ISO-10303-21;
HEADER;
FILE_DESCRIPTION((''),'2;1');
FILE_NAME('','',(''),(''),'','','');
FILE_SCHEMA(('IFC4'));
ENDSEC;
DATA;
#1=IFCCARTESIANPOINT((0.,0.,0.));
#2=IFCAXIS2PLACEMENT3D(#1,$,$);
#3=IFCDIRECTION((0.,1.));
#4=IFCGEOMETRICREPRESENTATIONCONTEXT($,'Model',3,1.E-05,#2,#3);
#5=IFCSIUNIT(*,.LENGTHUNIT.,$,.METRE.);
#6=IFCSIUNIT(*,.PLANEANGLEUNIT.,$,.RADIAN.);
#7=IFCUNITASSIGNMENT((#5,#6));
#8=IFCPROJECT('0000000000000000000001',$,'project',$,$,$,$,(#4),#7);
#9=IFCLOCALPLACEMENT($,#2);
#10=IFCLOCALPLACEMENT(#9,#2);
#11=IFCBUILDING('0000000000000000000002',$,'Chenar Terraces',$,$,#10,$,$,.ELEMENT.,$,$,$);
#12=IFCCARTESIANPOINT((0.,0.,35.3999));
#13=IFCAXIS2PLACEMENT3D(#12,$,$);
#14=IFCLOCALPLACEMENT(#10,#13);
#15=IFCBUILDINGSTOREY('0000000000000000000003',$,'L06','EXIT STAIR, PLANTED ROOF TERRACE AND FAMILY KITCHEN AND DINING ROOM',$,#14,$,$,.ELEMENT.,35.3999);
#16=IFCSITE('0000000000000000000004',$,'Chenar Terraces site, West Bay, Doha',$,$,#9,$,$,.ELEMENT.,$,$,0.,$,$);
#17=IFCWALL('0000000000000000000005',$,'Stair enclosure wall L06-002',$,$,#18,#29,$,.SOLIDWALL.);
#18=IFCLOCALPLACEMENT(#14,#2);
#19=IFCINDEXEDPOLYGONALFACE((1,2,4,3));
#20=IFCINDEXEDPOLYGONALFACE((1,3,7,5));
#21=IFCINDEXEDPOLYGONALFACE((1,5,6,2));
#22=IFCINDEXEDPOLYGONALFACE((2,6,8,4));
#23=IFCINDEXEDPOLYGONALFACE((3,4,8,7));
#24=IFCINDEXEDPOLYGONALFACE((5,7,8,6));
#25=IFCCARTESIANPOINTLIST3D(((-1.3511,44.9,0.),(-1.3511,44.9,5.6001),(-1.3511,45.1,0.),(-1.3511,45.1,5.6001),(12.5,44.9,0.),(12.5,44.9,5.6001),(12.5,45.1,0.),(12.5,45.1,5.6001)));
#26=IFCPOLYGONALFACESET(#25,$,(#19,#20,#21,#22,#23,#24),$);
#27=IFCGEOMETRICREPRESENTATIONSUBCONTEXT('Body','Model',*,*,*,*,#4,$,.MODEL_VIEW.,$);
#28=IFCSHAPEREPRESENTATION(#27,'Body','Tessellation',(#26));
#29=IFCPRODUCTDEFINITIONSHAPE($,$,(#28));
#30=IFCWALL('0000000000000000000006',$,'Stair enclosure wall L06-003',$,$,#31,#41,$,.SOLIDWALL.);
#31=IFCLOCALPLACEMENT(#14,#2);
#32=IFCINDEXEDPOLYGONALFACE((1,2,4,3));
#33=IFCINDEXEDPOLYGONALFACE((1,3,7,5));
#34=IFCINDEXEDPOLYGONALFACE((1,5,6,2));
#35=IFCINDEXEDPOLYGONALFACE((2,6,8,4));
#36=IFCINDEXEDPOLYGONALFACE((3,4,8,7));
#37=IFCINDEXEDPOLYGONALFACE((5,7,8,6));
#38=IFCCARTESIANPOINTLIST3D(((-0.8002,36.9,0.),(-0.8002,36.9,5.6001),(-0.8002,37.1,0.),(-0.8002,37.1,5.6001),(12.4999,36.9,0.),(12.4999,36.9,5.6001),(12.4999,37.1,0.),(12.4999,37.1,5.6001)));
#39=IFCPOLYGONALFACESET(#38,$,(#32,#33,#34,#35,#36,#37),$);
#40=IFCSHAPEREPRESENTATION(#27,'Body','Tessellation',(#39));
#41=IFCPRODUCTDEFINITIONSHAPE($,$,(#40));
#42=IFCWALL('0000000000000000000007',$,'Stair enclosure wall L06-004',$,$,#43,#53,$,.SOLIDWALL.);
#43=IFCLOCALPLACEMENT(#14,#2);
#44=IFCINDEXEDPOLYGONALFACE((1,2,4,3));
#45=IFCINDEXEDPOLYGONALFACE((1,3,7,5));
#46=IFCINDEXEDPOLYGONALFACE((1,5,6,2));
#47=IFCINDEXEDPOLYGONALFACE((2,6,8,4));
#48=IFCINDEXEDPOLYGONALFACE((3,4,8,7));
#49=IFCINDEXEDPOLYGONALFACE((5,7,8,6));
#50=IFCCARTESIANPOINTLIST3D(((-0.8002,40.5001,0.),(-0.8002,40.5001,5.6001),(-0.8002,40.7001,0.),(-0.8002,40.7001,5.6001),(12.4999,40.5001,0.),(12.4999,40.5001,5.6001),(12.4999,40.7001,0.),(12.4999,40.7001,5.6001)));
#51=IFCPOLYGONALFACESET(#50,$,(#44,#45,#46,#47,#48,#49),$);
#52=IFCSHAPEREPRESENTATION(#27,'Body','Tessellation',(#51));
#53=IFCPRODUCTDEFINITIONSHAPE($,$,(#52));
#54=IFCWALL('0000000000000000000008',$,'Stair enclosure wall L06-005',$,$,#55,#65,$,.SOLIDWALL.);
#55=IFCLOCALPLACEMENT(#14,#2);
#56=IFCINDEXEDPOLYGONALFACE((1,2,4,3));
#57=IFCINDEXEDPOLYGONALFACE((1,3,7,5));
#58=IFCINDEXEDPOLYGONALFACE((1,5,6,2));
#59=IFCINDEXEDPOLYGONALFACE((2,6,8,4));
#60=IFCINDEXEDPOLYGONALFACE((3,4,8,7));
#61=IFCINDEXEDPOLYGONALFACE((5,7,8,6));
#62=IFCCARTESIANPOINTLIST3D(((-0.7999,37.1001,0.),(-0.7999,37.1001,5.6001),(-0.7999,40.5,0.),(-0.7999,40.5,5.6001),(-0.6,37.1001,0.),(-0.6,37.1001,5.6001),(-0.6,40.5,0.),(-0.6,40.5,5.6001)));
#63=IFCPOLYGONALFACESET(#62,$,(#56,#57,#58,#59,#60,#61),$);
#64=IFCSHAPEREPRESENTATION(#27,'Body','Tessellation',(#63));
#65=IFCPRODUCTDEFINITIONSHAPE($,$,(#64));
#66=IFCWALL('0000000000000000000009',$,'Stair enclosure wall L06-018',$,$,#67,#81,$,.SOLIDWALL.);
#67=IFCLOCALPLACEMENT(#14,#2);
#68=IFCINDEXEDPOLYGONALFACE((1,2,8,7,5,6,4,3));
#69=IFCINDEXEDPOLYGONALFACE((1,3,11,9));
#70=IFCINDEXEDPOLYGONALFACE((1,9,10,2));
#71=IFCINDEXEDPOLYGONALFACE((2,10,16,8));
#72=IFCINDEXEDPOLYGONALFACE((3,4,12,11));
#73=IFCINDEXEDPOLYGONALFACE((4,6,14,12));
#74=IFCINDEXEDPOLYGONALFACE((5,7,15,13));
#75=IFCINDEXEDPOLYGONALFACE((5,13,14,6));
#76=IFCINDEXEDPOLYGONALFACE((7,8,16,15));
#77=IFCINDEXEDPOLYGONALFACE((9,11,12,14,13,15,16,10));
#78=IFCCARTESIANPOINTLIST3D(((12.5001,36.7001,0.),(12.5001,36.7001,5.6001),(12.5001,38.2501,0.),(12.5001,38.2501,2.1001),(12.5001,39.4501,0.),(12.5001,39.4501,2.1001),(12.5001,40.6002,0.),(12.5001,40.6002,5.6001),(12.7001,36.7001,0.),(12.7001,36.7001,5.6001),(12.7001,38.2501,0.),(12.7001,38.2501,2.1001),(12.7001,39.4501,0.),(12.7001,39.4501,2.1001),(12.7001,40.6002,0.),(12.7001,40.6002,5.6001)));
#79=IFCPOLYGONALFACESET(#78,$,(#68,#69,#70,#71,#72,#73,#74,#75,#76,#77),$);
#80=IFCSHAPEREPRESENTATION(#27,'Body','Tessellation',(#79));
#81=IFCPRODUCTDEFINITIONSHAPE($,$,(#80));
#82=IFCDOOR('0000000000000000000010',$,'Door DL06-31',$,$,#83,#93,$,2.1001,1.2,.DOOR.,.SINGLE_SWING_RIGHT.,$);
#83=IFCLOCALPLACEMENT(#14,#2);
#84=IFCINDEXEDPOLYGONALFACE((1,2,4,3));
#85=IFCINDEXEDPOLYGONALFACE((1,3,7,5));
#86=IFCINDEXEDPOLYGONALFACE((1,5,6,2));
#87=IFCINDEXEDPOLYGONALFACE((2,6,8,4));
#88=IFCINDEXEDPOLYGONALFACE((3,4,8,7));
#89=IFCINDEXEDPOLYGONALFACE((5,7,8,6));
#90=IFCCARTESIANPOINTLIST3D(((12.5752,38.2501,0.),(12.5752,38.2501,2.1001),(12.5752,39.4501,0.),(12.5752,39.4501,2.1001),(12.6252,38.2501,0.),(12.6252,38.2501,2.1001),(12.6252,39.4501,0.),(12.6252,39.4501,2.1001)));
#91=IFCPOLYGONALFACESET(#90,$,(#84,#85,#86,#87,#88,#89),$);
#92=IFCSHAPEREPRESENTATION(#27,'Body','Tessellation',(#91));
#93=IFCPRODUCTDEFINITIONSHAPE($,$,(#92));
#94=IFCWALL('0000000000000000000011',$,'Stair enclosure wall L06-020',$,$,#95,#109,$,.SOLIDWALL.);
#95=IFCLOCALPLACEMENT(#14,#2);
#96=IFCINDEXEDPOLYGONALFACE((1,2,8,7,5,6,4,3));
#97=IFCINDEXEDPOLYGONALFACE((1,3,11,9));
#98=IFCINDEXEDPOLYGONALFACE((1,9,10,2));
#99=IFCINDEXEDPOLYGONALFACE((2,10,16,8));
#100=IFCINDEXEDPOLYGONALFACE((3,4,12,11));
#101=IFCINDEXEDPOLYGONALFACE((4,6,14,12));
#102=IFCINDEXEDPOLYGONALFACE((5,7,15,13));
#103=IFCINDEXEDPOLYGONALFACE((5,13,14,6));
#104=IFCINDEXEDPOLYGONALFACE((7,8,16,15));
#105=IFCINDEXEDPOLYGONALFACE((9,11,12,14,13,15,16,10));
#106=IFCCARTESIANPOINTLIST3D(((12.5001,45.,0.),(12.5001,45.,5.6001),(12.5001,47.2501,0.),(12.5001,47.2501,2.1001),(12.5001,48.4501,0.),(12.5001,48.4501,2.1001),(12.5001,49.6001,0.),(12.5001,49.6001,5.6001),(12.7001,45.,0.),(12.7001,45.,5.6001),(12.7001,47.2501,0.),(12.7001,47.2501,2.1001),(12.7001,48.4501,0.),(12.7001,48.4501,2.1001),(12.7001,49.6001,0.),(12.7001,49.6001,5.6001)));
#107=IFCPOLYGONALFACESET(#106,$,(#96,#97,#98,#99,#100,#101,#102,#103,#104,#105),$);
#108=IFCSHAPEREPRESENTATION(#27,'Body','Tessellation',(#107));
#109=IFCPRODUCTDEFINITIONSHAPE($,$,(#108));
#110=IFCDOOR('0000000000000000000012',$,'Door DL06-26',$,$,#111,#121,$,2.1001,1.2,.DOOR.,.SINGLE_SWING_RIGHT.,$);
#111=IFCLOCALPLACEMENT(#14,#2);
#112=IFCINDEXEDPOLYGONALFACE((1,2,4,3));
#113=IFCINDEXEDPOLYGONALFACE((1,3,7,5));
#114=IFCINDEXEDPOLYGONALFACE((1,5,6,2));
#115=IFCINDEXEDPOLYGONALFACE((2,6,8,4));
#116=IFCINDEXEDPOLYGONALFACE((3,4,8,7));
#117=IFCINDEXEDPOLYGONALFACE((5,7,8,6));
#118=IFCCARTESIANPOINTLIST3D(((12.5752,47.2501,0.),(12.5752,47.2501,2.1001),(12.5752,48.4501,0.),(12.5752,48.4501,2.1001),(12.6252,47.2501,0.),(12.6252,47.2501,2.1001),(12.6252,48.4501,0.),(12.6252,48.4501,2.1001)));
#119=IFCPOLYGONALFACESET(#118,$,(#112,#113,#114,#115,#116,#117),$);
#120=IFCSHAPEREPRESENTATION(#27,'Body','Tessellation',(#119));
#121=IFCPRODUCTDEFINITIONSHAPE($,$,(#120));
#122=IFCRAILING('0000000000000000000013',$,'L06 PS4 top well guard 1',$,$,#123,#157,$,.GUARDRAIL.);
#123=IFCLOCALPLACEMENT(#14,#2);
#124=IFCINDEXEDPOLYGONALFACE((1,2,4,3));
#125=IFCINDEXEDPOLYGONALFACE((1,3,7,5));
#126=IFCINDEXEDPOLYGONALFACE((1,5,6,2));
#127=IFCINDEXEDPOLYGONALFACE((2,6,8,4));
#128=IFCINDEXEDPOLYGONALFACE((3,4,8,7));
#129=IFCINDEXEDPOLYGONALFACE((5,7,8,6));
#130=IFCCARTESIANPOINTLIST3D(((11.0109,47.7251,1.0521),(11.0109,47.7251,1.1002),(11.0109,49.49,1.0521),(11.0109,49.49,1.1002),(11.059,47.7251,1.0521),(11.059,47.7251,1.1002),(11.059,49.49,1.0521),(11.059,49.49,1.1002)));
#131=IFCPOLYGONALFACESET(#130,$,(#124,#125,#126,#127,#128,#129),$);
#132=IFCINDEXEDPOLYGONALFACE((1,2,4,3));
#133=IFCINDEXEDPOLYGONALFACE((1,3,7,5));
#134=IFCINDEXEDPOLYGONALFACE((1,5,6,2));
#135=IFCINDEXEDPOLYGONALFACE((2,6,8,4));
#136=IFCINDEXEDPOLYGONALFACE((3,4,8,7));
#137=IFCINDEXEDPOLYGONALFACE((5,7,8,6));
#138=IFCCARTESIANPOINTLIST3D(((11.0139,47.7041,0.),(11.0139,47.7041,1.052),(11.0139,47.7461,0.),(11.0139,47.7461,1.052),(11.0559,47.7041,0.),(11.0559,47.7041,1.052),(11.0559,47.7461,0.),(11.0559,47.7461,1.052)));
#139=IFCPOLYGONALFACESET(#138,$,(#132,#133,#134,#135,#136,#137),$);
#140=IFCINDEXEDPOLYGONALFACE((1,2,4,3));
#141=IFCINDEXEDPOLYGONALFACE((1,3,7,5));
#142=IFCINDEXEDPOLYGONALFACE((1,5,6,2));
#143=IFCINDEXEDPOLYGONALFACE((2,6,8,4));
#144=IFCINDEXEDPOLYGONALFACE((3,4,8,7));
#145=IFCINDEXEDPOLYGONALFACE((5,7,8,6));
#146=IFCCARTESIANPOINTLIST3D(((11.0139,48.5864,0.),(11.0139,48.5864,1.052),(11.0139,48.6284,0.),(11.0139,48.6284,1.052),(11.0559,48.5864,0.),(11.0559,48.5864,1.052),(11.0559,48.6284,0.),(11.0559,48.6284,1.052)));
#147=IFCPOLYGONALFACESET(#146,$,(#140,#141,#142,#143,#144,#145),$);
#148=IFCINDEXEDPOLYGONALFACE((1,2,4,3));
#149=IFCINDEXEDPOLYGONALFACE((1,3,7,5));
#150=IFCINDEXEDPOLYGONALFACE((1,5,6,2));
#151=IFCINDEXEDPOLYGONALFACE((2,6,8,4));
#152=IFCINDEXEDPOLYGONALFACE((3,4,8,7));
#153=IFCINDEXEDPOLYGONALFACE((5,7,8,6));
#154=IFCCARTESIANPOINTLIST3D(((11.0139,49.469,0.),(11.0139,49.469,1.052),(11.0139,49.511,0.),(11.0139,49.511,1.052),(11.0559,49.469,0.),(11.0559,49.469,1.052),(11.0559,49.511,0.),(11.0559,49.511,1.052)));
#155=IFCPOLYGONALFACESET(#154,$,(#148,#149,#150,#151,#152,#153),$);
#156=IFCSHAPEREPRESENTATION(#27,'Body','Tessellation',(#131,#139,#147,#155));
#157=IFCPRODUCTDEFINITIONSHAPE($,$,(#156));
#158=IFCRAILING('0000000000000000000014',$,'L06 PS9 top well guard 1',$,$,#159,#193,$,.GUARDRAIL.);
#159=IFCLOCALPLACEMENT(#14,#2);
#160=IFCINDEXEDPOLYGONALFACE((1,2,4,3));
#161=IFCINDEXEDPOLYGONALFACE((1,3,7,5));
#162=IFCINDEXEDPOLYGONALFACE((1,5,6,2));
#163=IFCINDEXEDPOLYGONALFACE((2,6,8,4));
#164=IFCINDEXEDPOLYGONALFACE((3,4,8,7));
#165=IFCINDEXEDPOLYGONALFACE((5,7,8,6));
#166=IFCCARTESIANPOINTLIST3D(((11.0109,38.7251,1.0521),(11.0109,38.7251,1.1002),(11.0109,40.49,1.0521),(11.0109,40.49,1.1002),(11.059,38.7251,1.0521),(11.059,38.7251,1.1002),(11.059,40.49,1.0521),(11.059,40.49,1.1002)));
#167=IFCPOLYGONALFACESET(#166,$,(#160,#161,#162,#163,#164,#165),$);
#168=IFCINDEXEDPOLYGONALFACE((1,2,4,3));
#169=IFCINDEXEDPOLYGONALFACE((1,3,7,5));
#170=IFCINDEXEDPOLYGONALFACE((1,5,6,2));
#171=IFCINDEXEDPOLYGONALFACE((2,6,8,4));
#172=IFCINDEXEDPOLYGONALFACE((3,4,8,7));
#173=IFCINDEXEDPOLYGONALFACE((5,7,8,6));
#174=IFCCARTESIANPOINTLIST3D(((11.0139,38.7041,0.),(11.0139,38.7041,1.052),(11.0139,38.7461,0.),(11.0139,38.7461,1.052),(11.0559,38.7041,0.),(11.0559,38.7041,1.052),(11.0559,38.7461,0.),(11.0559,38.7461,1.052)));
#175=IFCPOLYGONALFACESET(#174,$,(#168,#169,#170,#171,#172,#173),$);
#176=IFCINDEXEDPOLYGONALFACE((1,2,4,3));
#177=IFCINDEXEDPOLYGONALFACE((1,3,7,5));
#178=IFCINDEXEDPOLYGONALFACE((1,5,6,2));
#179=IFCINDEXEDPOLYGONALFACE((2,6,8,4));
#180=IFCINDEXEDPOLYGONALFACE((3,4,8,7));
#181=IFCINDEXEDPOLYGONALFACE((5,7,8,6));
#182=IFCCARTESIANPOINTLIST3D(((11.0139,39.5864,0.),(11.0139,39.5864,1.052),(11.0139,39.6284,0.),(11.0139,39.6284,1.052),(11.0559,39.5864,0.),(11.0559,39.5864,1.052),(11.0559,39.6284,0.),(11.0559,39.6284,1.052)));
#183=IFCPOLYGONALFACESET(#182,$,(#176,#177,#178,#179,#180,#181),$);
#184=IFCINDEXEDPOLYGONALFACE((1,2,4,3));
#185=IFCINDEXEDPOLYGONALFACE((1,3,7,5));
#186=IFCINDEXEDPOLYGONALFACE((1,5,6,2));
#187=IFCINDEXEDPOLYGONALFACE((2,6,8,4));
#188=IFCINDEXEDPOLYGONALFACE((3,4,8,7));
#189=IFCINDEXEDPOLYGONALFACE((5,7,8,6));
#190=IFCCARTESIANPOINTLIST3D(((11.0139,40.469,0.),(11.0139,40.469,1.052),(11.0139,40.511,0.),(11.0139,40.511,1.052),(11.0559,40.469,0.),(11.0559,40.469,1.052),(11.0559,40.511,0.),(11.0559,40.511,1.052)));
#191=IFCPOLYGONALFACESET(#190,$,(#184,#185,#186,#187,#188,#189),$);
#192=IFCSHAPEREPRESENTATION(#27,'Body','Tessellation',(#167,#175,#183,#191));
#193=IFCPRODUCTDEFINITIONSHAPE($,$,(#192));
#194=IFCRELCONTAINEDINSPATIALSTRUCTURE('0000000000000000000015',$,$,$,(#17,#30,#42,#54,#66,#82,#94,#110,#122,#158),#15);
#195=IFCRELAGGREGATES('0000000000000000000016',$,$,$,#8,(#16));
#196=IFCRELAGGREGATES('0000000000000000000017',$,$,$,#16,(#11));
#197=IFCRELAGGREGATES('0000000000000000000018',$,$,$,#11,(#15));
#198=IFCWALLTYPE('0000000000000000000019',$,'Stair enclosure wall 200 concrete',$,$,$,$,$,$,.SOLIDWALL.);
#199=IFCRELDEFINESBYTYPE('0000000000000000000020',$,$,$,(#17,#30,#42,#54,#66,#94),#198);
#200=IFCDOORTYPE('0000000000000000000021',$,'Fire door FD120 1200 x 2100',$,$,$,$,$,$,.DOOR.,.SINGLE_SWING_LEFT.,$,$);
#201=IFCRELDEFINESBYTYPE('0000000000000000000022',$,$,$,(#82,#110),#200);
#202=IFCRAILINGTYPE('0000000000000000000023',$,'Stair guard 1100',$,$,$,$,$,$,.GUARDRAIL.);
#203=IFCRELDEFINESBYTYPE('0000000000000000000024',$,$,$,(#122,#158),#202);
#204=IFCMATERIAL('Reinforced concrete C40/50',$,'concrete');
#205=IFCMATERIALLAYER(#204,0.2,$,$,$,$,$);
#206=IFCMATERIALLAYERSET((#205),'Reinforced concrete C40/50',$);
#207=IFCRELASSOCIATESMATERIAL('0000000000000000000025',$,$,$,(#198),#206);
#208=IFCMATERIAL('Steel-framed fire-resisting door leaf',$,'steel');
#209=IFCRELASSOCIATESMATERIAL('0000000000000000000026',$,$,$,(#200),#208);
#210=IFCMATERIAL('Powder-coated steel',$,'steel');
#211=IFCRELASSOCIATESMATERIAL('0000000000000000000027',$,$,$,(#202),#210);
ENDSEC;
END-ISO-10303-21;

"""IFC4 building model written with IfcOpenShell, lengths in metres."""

from ifc_helpers import new_model, si_unit, direction, frame, frame_2d, origin, origin_2d, place, context, subcontext, project, spatial, rectangle, extrude, material, layer, layer_set, type_object, element, fill, save


model = new_model("IFC4")

# Units and contexts
model_context = context("Model", 3, precision=1e-05, world=origin(), true_north=direction((0.0, 1.0)))
body_context = subcontext(model_context, "Body", "Model", "MODEL_VIEW")
ifc_project = project(units=[si_unit("LENGTHUNIT", "METRE"), si_unit("PLANEANGLEUNIT", "RADIAN")], contexts=[model_context])

# Site, building, storey
site_placement = place(None, origin())
site = spatial("IfcSite", under=ifc_project, at=site_placement, Name="Chenar Terraces site, West Bay, Doha", CompositionType="ELEMENT", RefElevation=0.0)
building_placement = place(site_placement, origin())
building = spatial("IfcBuilding", under=site, at=building_placement, Name="Chenar Terraces", CompositionType="ELEMENT")
storey_placement = place(building_placement, frame((0.0, 0.0, 35.3999)))
storey = spatial("IfcBuildingStorey", under=building, at=storey_placement, Name="L06", Description="EXIT STAIR, PLANTED ROOF TERRACE AND FAMILY KITCHEN AND DINING ROOM", CompositionType="ELEMENT", Elevation=35.3999)

# Walls
ifc_material_1 = material(Name="Reinforced concrete C40/50", Category="concrete")
ifc_layer_1 = layer(ifc_material_1, 0.2)
ifc_layer_set_1 = layer_set([ifc_layer_1], Name="Reinforced concrete C40/50")
wall_type_1 = type_object("IfcWallType", Name="Stair enclosure wall 200 concrete", PredefinedType="SOLIDWALL", material=ifc_layer_set_1)
wall_1_placement = place(storey_placement, frame((-1.3511, 45.0, 0.0), z_axis=(0.0, 0.0, 1.0), x_axis=(1.0, 0.0, 0.0)))
element("IfcWall", 1, at=wall_1_placement, inside=storey, type_object=wall_type_1, Name="Stair enclosure wall L06-002", PredefinedType="SOLIDWALL", context=body_context, shape_type="SweptSolid", body=[
    extrude(rectangle(XDim=13.8511, YDim=0.2, at=frame_2d((6.9255, 0.0))), origin(), (0.0, 0.0, 1.0), 5.6001),
])
for number, where, z_axis, x_axis, name in (
    (2, (-0.8, 37.0, 0.0), (0.0, 0.0, 1.0), (1.0, 0.0, 0.0), "Stair enclosure wall L06-003"),
    (3, (-0.8, 40.6001, 0.0), (0.0, 0.0, 1.0), (1.0, 0.0, 0.0), "Stair enclosure wall L06-004"),
):
    element("IfcWall", number, at=place(storey_placement, frame(where, z_axis=z_axis, x_axis=x_axis)), inside=storey, type_object=wall_type_1, Name=name, PredefinedType="SOLIDWALL", context=body_context, shape_type="SweptSolid", body=[
        extrude(rectangle(XDim=13.3, YDim=0.2, at=frame_2d((6.6499, 0.0))), origin(), (0.0, 0.0, 1.0), 5.6001),
    ])
wall_2_placement = place(storey_placement, frame((-0.7, 37.1001, 0.0), z_axis=(0.0, 0.0, 1.0), x_axis=(0.0, 1.0, 0.0)))
element("IfcWall", 4, at=wall_2_placement, inside=storey, type_object=wall_type_1, Name="Stair enclosure wall L06-005", PredefinedType="SOLIDWALL", context=body_context, shape_type="SweptSolid", body=[
    extrude(rectangle(XDim=3.3999, YDim=0.2, at=frame_2d((1.7, 0.0))), origin(), (0.0, 0.0, 1.0), 5.6001),
])

# Walls, openings, doors
wall_3_placement = place(storey_placement, frame((12.6001, 36.7, 0.0), z_axis=(0.0, 0.0, 1.0), x_axis=(0.0, 1.0, 0.0)))
wall_3 = element("IfcWall", 5, at=wall_3_placement, inside=storey, type_object=wall_type_1, Name="Stair enclosure wall L06-018", PredefinedType="SOLIDWALL", context=body_context, shape_type="SweptSolid", body=[
    extrude(rectangle(XDim=3.9001, YDim=0.2, at=frame_2d((1.9502, 0.0))), origin(), (0.0, 0.0, 1.0), 5.6001),
])
opening_1_placement = place(wall_3_placement, frame((1.55, 0.0, 0.0)))
opening_1 = element("IfcOpeningElement", 6, at=opening_1_placement, cuts=wall_3, PredefinedType="OPENING", context=body_context, shape_type="SweptSolid", body=[
    extrude(rectangle(XDim=1.2, YDim=2.1001, at=frame_2d((0.6001, 1.05))), frame((0.0, 0.1099, 0.0), z_axis=(0.0, -1.0, 0.0), x_axis=(1.0, 0.0, 0.0)), (0.0, 0.0, 1.0), 0.22),
])
ifc_material_2 = material(Name="Steel-framed fire-resisting door leaf", Category="steel")
door_type_1 = type_object("IfcDoorType", Name="Fire door FD120 1200 x 2100", OperationType="SINGLE_SWING_LEFT", PredefinedType="DOOR", material=ifc_material_2)
door_1_placement = place(opening_1_placement, origin())
door_1 = element("IfcDoor", 7, at=door_1_placement, inside=storey, type_object=door_type_1, Name="Door DL06-31", OperationType="SINGLE_SWING_RIGHT", OverallHeight=2.1001, OverallWidth=1.2, PredefinedType="DOOR", context=body_context, shape_type="SweptSolid", body=[
    extrude(rectangle(XDim=1.2, YDim=2.1001, at=frame_2d((0.6001, 1.05))), frame((0.0, 0.0249, 0.0), z_axis=(0.0, -1.0, 0.0), x_axis=(1.0, 0.0, 0.0)), (0.0, 0.0, 1.0), 0.05),
])
fill(opening_1, door_1)
wall_4_placement = place(storey_placement, frame((12.6001, 45.0, 0.0), z_axis=(0.0, 0.0, 1.0), x_axis=(0.0, 1.0, 0.0)))
wall_4 = element("IfcWall", 8, at=wall_4_placement, inside=storey, type_object=wall_type_1, Name="Stair enclosure wall L06-020", PredefinedType="SOLIDWALL", context=body_context, shape_type="SweptSolid", body=[
    extrude(rectangle(XDim=4.6001, YDim=0.2, at=frame_2d((2.3, 0.0))), origin(), (0.0, 0.0, 1.0), 5.6001),
])
opening_2_placement = place(wall_4_placement, frame((2.25, 0.0, 0.0)))
opening_2 = element("IfcOpeningElement", 9, at=opening_2_placement, cuts=wall_4, PredefinedType="OPENING", context=body_context, shape_type="SweptSolid", body=[
    extrude(rectangle(XDim=1.2, YDim=2.1001, at=frame_2d((0.6001, 1.05))), frame((0.0, 0.1099, 0.0), z_axis=(0.0, -1.0, 0.0), x_axis=(1.0, 0.0, 0.0)), (0.0, 0.0, 1.0), 0.22),
])
door_2_placement = place(opening_2_placement, origin())
door_2 = element("IfcDoor", 10, at=door_2_placement, inside=storey, type_object=door_type_1, Name="Door DL06-26", OperationType="SINGLE_SWING_RIGHT", OverallHeight=2.1001, OverallWidth=1.2, PredefinedType="DOOR", context=body_context, shape_type="SweptSolid", body=[
    extrude(rectangle(XDim=1.2, YDim=2.1001, at=frame_2d((0.6001, 1.05))), frame((0.0, 0.0249, 0.0), z_axis=(0.0, -1.0, 0.0), x_axis=(1.0, 0.0, 0.0)), (0.0, 0.0, 1.0), 0.05),
])
fill(opening_2, door_2)

# Railings
ifc_material_3 = material(Name="Powder-coated steel", Category="steel")
railing_type = type_object("IfcRailingType", Name="Stair guard 1100", PredefinedType="GUARDRAIL", material=ifc_material_3)
for number, where, name in (
    (11, (11.0349, 47.7251, 0.0), "L06 PS4 top well guard 1"),
    (12, (11.0349, 38.7251, 0.0), "L06 PS9 top well guard 1"),
):
    element("IfcRailing", number, at=place(storey_placement, frame(where)), inside=storey, type_object=railing_type, Name=name, PredefinedType="GUARDRAIL", context=body_context, shape_type="SweptSolid", body=[
        extrude(rectangle(XDim=0.0481, YDim=0.0481, at=origin_2d()), frame((0.0, 0.0, 1.0762), z_axis=(0.0, 1.0, 0.0), x_axis=(-1.0, 0.0, 0.0)), (0.0, 0.0, 1.0), 1.7649),
        extrude(rectangle(XDim=0.042, YDim=0.042, at=origin_2d()), origin(), (0.0, 0.0, 1.0), 1.052),
        extrude(rectangle(XDim=0.042, YDim=0.042, at=origin_2d()), frame((0.0, 0.8823, 0.0)), (0.0, 0.0, 1.0), 1.052),
        extrude(rectangle(XDim=0.042, YDim=0.042, at=origin_2d()), frame((0.0, 1.7649, 0.0)), (0.0, 0.0, 1.0), 1.052),
    ])

save(model, "model.ifc")
